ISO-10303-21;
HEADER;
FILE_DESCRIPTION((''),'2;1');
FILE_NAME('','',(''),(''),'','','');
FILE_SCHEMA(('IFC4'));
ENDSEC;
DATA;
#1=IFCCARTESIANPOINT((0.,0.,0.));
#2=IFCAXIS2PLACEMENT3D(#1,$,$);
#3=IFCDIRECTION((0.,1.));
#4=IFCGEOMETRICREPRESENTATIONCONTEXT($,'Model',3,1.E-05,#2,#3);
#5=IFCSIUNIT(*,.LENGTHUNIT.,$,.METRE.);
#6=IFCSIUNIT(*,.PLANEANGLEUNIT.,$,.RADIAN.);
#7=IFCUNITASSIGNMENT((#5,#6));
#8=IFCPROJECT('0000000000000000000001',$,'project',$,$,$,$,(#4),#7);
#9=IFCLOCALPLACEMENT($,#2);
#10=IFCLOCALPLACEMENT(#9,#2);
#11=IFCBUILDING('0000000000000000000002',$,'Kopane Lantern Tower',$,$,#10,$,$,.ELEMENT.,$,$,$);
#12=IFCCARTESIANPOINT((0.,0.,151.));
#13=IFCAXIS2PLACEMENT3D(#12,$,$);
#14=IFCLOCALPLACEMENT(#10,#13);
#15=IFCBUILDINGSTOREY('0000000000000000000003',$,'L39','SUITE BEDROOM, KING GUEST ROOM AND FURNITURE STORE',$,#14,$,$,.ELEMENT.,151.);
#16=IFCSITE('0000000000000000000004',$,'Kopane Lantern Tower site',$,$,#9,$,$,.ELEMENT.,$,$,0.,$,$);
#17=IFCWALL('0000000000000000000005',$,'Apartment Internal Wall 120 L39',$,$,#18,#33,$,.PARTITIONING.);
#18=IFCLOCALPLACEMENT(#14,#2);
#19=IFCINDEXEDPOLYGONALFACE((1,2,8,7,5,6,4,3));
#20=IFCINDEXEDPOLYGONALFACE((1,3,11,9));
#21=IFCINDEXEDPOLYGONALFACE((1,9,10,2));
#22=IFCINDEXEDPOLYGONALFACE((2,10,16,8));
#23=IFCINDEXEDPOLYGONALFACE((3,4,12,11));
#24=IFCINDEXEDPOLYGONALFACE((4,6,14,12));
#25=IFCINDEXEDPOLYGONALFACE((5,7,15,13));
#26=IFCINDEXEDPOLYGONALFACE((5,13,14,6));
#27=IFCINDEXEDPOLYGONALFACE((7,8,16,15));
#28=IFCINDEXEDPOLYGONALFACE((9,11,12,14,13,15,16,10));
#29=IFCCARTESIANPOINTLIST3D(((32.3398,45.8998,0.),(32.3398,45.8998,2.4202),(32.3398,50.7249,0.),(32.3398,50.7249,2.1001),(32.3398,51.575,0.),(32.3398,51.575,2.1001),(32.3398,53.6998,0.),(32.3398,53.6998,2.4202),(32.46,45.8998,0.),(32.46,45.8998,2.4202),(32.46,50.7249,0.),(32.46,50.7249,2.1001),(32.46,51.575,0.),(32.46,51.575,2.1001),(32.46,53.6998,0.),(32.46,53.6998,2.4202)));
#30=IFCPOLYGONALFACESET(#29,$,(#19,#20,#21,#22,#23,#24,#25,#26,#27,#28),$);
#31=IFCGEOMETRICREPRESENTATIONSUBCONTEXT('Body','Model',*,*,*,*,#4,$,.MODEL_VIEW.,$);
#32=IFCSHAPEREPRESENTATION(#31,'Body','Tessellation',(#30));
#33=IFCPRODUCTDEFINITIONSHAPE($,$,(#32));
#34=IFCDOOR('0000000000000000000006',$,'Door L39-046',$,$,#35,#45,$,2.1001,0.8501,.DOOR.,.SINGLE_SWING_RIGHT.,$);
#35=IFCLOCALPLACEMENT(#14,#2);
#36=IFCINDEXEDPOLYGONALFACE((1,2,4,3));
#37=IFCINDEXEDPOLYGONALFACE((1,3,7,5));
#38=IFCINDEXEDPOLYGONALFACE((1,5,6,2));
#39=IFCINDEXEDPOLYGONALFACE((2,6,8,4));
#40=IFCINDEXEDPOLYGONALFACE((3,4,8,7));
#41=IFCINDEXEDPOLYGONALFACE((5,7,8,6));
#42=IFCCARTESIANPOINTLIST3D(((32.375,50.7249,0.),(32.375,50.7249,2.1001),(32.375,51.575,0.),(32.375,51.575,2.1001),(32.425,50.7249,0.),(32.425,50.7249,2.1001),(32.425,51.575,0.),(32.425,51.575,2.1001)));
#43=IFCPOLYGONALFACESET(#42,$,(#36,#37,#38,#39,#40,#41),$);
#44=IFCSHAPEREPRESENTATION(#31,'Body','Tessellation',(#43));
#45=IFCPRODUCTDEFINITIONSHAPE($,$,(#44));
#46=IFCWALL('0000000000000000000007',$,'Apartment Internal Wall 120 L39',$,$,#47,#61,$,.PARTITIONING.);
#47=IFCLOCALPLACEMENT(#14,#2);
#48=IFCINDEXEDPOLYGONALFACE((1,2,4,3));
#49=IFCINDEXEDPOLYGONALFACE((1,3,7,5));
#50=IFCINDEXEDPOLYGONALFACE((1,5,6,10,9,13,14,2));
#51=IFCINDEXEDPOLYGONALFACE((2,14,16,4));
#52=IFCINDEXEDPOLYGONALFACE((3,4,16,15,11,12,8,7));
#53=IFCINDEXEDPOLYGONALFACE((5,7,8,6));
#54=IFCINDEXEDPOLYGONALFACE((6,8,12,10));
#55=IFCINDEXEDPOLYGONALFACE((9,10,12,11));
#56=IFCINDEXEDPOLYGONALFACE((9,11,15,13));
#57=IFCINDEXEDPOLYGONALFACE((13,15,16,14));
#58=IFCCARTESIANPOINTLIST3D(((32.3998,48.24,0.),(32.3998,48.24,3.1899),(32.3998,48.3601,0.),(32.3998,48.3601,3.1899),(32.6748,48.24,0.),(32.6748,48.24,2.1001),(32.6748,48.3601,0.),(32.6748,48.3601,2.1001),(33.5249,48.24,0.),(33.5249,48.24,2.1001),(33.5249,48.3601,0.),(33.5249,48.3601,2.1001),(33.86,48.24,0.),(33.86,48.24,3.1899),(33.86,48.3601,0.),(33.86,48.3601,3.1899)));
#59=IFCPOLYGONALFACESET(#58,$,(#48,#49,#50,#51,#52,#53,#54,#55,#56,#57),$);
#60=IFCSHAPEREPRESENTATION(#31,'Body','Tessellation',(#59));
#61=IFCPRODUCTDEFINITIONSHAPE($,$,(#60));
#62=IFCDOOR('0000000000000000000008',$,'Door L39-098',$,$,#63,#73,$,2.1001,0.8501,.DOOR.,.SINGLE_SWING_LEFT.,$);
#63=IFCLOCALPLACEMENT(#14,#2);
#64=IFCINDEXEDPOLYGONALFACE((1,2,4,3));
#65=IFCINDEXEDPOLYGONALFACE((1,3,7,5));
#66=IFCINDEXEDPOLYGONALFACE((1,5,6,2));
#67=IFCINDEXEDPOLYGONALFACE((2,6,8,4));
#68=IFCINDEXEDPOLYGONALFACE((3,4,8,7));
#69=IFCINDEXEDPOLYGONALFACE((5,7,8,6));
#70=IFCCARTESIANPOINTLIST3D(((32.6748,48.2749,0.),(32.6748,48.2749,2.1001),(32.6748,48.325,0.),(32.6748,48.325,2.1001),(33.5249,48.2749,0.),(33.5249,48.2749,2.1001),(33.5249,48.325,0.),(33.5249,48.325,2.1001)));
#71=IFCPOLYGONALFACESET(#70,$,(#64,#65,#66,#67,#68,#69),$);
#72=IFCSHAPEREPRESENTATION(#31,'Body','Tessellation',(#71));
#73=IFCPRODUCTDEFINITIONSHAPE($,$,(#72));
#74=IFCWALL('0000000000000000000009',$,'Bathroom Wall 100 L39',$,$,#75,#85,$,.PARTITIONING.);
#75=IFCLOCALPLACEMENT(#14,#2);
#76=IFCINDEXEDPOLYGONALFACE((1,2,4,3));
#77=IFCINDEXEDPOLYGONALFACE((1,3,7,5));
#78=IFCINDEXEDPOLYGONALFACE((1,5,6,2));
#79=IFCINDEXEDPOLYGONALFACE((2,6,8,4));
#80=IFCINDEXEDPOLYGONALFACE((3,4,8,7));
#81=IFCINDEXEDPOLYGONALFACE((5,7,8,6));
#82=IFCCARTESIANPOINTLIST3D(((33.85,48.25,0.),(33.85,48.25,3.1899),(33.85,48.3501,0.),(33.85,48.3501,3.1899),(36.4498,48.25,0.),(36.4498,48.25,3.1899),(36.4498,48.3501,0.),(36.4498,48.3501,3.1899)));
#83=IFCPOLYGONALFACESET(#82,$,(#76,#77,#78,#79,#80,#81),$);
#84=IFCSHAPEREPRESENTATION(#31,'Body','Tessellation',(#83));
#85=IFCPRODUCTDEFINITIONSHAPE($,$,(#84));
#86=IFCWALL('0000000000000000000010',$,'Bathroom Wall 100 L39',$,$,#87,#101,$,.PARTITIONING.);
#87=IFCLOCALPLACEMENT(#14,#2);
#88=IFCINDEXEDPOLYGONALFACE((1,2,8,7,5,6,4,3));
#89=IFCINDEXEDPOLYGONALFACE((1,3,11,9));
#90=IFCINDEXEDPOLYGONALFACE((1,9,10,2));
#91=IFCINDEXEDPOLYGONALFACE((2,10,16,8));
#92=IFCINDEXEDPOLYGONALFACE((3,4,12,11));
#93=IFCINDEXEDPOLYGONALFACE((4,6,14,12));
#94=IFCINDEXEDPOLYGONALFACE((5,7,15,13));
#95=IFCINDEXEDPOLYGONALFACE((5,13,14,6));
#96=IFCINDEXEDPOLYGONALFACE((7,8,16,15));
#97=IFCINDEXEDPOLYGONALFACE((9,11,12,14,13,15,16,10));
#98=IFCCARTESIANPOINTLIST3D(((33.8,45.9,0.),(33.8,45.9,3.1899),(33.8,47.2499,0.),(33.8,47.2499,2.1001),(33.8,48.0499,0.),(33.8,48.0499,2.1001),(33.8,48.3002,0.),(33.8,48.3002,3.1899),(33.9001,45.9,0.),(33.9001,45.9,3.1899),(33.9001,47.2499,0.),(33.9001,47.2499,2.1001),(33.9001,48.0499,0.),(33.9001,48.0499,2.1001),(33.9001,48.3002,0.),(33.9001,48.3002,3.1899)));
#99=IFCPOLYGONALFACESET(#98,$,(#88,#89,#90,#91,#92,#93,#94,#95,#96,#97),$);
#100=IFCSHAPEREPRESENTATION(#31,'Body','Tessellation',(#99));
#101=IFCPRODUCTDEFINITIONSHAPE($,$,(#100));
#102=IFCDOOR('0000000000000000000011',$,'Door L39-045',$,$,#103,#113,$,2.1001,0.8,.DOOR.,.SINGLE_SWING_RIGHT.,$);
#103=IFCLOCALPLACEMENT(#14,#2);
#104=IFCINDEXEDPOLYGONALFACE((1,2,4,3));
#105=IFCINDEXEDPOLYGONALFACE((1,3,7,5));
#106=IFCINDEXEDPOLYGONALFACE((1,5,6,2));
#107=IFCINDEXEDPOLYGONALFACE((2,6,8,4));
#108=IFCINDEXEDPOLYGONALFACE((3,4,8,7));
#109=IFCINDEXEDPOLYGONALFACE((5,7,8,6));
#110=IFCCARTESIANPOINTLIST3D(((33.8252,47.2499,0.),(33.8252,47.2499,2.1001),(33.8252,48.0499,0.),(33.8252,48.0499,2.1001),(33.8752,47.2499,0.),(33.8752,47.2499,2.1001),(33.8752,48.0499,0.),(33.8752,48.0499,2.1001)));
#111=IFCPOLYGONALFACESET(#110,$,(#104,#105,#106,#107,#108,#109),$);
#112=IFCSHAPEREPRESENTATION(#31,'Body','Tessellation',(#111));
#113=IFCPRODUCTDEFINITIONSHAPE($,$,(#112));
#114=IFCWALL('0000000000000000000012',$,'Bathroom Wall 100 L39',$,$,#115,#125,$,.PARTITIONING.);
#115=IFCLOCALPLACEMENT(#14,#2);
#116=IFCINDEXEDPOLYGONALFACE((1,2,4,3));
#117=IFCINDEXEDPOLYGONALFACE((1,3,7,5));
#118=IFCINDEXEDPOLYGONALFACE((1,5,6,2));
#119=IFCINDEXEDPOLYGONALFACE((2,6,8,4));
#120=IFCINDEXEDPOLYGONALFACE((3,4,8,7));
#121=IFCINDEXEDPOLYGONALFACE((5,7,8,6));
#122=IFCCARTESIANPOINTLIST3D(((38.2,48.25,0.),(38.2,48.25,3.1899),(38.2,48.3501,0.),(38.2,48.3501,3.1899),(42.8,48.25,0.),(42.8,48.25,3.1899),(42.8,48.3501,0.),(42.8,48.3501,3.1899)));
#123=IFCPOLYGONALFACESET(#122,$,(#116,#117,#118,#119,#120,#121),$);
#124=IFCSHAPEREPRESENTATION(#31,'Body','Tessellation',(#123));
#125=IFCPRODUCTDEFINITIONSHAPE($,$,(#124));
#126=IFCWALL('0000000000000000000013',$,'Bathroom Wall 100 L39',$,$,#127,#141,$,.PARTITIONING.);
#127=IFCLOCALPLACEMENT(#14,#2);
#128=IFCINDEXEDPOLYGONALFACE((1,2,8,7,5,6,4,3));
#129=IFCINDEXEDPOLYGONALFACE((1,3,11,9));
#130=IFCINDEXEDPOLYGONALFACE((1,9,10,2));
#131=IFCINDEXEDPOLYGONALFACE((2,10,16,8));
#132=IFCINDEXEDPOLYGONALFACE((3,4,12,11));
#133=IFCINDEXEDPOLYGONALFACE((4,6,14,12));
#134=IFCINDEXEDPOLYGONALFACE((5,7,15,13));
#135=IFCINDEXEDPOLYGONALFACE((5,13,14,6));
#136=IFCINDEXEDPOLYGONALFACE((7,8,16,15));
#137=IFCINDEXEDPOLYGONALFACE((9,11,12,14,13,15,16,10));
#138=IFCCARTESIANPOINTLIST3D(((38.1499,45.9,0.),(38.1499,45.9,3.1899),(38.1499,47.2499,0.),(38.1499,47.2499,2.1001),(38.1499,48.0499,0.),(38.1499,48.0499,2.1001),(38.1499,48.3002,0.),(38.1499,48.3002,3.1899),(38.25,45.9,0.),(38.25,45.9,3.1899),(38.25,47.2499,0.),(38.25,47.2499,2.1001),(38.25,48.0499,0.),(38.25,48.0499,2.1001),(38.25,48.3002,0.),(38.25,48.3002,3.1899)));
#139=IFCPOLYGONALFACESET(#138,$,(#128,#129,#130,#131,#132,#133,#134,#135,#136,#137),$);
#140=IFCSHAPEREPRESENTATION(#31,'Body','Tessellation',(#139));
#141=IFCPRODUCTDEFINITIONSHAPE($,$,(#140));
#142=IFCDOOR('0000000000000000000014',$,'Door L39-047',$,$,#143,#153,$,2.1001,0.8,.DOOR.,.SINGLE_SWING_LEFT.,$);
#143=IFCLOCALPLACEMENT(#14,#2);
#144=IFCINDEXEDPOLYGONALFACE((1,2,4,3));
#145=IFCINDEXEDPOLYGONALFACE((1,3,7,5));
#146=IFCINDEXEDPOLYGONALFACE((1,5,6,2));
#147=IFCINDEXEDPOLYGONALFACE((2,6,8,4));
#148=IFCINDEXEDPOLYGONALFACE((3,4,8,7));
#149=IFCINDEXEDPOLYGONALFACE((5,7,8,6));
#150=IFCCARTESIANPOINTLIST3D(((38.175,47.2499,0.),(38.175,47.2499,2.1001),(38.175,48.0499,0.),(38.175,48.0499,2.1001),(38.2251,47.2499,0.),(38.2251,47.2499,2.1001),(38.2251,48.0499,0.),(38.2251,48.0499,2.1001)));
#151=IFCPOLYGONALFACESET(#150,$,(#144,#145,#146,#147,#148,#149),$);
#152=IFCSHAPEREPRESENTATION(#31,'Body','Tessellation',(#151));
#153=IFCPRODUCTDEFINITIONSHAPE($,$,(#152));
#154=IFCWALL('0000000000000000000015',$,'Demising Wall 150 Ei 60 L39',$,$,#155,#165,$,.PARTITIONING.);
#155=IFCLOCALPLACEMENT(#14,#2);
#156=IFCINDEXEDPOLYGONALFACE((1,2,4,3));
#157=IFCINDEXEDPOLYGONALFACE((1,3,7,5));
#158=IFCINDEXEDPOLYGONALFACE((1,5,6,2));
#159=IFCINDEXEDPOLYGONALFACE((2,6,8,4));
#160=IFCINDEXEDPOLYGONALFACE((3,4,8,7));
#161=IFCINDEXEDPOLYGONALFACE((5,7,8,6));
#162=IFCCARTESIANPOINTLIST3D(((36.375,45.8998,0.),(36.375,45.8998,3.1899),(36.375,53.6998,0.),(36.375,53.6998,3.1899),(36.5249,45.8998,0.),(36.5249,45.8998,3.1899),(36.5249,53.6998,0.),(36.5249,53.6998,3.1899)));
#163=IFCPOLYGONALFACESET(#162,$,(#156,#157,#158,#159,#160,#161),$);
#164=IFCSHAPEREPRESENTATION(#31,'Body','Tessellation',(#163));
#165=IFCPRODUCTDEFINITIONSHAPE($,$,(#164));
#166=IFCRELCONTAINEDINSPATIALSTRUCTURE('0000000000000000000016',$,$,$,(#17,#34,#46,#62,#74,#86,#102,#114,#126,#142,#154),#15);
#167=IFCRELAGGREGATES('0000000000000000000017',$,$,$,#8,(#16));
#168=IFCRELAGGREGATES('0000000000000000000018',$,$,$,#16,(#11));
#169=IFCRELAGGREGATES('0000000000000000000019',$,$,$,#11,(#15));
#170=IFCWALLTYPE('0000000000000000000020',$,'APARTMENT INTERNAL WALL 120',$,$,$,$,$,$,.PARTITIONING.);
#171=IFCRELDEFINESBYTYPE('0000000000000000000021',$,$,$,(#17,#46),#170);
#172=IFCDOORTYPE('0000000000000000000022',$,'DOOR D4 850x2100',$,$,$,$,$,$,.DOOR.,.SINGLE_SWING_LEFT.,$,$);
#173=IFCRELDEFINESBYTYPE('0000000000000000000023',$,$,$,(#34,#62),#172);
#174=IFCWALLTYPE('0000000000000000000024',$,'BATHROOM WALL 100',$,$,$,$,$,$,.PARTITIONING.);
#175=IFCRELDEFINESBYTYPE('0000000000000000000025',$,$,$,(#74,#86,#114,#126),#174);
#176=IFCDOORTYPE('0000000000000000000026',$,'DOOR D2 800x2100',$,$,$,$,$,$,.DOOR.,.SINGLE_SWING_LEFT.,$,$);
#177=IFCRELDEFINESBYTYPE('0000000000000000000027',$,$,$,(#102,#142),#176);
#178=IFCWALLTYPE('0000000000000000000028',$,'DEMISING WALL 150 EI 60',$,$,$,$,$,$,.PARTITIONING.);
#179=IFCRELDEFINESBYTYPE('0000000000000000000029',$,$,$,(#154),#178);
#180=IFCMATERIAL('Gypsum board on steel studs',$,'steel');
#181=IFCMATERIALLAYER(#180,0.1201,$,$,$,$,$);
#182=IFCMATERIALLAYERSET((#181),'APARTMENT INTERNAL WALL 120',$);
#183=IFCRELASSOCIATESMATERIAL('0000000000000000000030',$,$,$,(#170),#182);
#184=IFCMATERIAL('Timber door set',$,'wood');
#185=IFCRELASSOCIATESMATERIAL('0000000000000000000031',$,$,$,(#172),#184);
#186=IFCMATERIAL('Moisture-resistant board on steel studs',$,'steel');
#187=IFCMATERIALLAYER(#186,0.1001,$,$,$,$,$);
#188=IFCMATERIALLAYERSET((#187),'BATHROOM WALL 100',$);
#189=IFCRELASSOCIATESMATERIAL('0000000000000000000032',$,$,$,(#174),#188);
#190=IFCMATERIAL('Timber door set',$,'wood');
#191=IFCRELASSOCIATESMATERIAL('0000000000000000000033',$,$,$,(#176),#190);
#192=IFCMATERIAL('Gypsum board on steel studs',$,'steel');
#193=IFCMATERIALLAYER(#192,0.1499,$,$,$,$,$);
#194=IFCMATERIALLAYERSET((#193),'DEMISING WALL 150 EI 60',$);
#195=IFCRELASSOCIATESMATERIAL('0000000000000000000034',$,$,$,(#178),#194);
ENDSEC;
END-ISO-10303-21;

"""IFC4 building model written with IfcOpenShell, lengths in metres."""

from ifc_helpers import new_model, si_unit, direction, frame, frame_2d, origin, place, context, subcontext, project, spatial, rectangle, extrude, material, layer, layer_set, type_object, element, fill, save


model = new_model("IFC4")

# Units and contexts
model_context = context("Model", 3, precision=1e-05, world=origin(), true_north=direction((0.0, 1.0)))
body_context = subcontext(model_context, "Body", "Model", "MODEL_VIEW")
ifc_project = project(units=[si_unit("LENGTHUNIT", "METRE"), si_unit("PLANEANGLEUNIT", "RADIAN")], contexts=[model_context])

# Site, building, storey
site_placement = place(None, origin())
site = spatial("IfcSite", under=ifc_project, at=site_placement, Name="Kopane Lantern Tower site", CompositionType="ELEMENT", RefElevation=0.0)
building_placement = place(site_placement, origin())
building = spatial("IfcBuilding", under=site, at=building_placement, Name="Kopane Lantern Tower", CompositionType="ELEMENT")
storey_placement = place(building_placement, frame((0.0, 0.0, 151.0)))
storey = spatial("IfcBuildingStorey", under=building, at=storey_placement, Name="L39", Description="SUITE BEDROOM, KING GUEST ROOM AND FURNITURE STORE", CompositionType="ELEMENT", Elevation=151.0)

# Walls, openings, doors
ifc_material_1 = material(Name="Gypsum board on steel studs", Category="steel")
ifc_layer_1 = layer(ifc_material_1, 0.1201)
ifc_layer_set_1 = layer_set([ifc_layer_1], Name="APARTMENT INTERNAL WALL 120")
wall_type_1 = type_object("IfcWallType", Name="APARTMENT INTERNAL WALL 120", PredefinedType="PARTITIONING", material=ifc_layer_set_1)
wall_1_placement = place(storey_placement, frame((32.3999, 45.8999, 0.0), z_axis=(0.0, 0.0, 1.0), x_axis=(0.0, 1.0, 0.0)))
wall_1 = element("IfcWall", 1, at=wall_1_placement, inside=storey, type_object=wall_type_1, Name="Apartment Internal Wall 120 L39", PredefinedType="PARTITIONING", context=body_context, shape_type="SweptSolid", body=[
    extrude(rectangle(XDim=7.8, YDim=0.1201, at=frame_2d((3.8999, 0.0))), origin(), (0.0, 0.0, 1.0), 2.4202),
])
opening_1_placement = place(wall_1_placement, frame((4.825, 0.0, 0.0)))
opening_1 = element("IfcOpeningElement", 2, at=opening_1_placement, cuts=wall_1, PredefinedType="OPENING", context=body_context, shape_type="SweptSolid", body=[
    extrude(rectangle(XDim=0.8501, YDim=2.1001, at=frame_2d((0.425, 1.05))), frame((0.0, 0.0701, 0.0), z_axis=(0.0, -1.0, 0.0), x_axis=(1.0, 0.0, 0.0)), (0.0, 0.0, 1.0), 0.1401),
])
ifc_material_2 = material(Name="Timber door set", Category="wood")
door_type_1 = type_object("IfcDoorType", Name="DOOR D4 850x2100", OperationType="SINGLE_SWING_LEFT", PredefinedType="DOOR", material=ifc_material_2)
door_1_placement = place(opening_1_placement, origin())
door_1 = element("IfcDoor", 3, at=door_1_placement, inside=storey, type_object=door_type_1, Name="Door L39-046", OperationType="SINGLE_SWING_RIGHT", OverallHeight=2.1001, OverallWidth=0.8501, PredefinedType="DOOR", context=body_context, shape_type="SweptSolid", body=[
    extrude(rectangle(XDim=0.8501, YDim=2.1001, at=frame_2d((0.425, 1.05))), frame((0.0, 0.0249, 0.0), z_axis=(0.0, -1.0, 0.0), x_axis=(1.0, 0.0, 0.0)), (0.0, 0.0, 1.0), 0.05),
])
fill(opening_1, door_1)
wall_2_placement = place(storey_placement, frame((32.3999, 48.3, 0.0), z_axis=(0.0, 0.0, 1.0), x_axis=(1.0, 0.0, 0.0)))
wall_2 = element("IfcWall", 4, at=wall_2_placement, inside=storey, type_object=wall_type_1, Name="Apartment Internal Wall 120 L39", PredefinedType="PARTITIONING", context=body_context, shape_type="SweptSolid", body=[
    extrude(rectangle(XDim=1.4602, YDim=0.1201, at=frame_2d((0.73, 0.0))), origin(), (0.0, 0.0, 1.0), 3.1899),
])
opening_2_placement = place(wall_2_placement, frame((0.2749, 0.0, 0.0)))
opening_2 = element("IfcOpeningElement", 5, at=opening_2_placement, cuts=wall_2, PredefinedType="OPENING", context=body_context, shape_type="SweptSolid", body=[
    extrude(rectangle(XDim=0.8501, YDim=2.1001, at=frame_2d((0.425, 1.05))), frame((0.0, 0.0701, 0.0), z_axis=(0.0, -1.0, 0.0), x_axis=(1.0, 0.0, 0.0)), (0.0, 0.0, 1.0), 0.1401),
])
door_2_placement = place(opening_2_placement, origin())
door_2 = element("IfcDoor", 6, at=door_2_placement, inside=storey, type_object=door_type_1, Name="Door L39-098", OperationType="SINGLE_SWING_LEFT", OverallHeight=2.1001, OverallWidth=0.8501, PredefinedType="DOOR", context=body_context, shape_type="SweptSolid", body=[
    extrude(rectangle(XDim=0.8501, YDim=2.1001, at=frame_2d((0.425, 1.05))), frame((0.0, 0.0249, 0.0), z_axis=(0.0, -1.0, 0.0), x_axis=(1.0, 0.0, 0.0)), (0.0, 0.0, 1.0), 0.05),
])
fill(opening_2, door_2)

# Wall
ifc_material_3 = material(Name="Moisture-resistant board on steel studs", Category="steel")
ifc_layer_2 = layer(ifc_material_3, 0.1001)
ifc_layer_set_2 = layer_set([ifc_layer_2], Name="BATHROOM WALL 100")
wall_type_2 = type_object("IfcWallType", Name="BATHROOM WALL 100", PredefinedType="PARTITIONING", material=ifc_layer_set_2)
wall_3_placement = place(storey_placement, frame((33.8501, 48.3, 0.0), z_axis=(0.0, 0.0, 1.0), x_axis=(1.0, 0.0, 0.0)))
element("IfcWall", 7, at=wall_3_placement, inside=storey, type_object=wall_type_2, Name="Bathroom Wall 100 L39", PredefinedType="PARTITIONING", context=body_context, shape_type="SweptSolid", body=[
    extrude(rectangle(XDim=2.5999, YDim=0.1001, at=frame_2d((1.2998, 0.0))), origin(), (0.0, 0.0, 1.0), 3.1899),
])

# Wall, opening, door
wall_4_placement = place(storey_placement, frame((33.8501, 45.8999, 0.0), z_axis=(0.0, 0.0, 1.0), x_axis=(0.0, 1.0, 0.0)))
wall_4 = element("IfcWall", 8, at=wall_4_placement, inside=storey, type_object=wall_type_2, Name="Bathroom Wall 100 L39", PredefinedType="PARTITIONING", context=body_context, shape_type="SweptSolid", body=[
    extrude(rectangle(XDim=2.4001, YDim=0.1001, at=frame_2d((1.2002, 0.0))), origin(), (0.0, 0.0, 1.0), 3.1899),
])
opening_3_placement = place(wall_4_placement, frame((1.3501, 0.0, 0.0)))
opening_3 = element("IfcOpeningElement", 9, at=opening_3_placement, cuts=wall_4, PredefinedType="OPENING", context=body_context, shape_type="SweptSolid", body=[
    extrude(rectangle(XDim=0.8, YDim=2.1001, at=frame_2d((0.3999, 1.05))), frame((0.0, 0.0601, 0.0), z_axis=(0.0, -1.0, 0.0), x_axis=(1.0, 0.0, 0.0)), (0.0, 0.0, 1.0), 0.1201),
])
ifc_material_4 = material(Name="Timber door set", Category="wood")
door_type_2 = type_object("IfcDoorType", Name="DOOR D2 800x2100", OperationType="SINGLE_SWING_LEFT", PredefinedType="DOOR", material=ifc_material_4)
door_3_placement = place(opening_3_placement, origin())
door_3 = element("IfcDoor", 10, at=door_3_placement, inside=storey, type_object=door_type_2, Name="Door L39-045", OperationType="SINGLE_SWING_RIGHT", OverallHeight=2.1001, OverallWidth=0.8, PredefinedType="DOOR", context=body_context, shape_type="SweptSolid", body=[
    extrude(rectangle(XDim=0.8, YDim=2.1001, at=frame_2d((0.3999, 1.05))), frame((0.0, 0.0249, 0.0), z_axis=(0.0, -1.0, 0.0), x_axis=(1.0, 0.0, 0.0)), (0.0, 0.0, 1.0), 0.05),
])
fill(opening_3, door_3)

# Wall
wall_5_placement = place(storey_placement, frame((38.2, 48.3, 0.0), z_axis=(0.0, 0.0, 1.0), x_axis=(1.0, 0.0, 0.0)))
element("IfcWall", 11, at=wall_5_placement, inside=storey, type_object=wall_type_2, Name="Bathroom Wall 100 L39", PredefinedType="PARTITIONING", context=body_context, shape_type="SweptSolid", body=[
    extrude(rectangle(XDim=4.6001, YDim=0.1001, at=frame_2d((2.3, 0.0))), origin(), (0.0, 0.0, 1.0), 3.1899),
])

# Wall, opening, door
wall_6_placement = place(storey_placement, frame((38.2, 45.8999, 0.0), z_axis=(0.0, 0.0, 1.0), x_axis=(0.0, 1.0, 0.0)))
wall_6 = element("IfcWall", 12, at=wall_6_placement, inside=storey, type_object=wall_type_2, Name="Bathroom Wall 100 L39", PredefinedType="PARTITIONING", context=body_context, shape_type="SweptSolid", body=[
    extrude(rectangle(XDim=2.4001, YDim=0.1001, at=frame_2d((1.2002, 0.0))), origin(), (0.0, 0.0, 1.0), 3.1899),
])
opening_4_placement = place(wall_6_placement, frame((1.3501, 0.0, 0.0)))
opening_4 = element("IfcOpeningElement", 13, at=opening_4_placement, cuts=wall_6, PredefinedType="OPENING", context=body_context, shape_type="SweptSolid", body=[
    extrude(rectangle(XDim=0.8, YDim=2.1001, at=frame_2d((0.3999, 1.05))), frame((0.0, 0.0601, 0.0), z_axis=(0.0, -1.0, 0.0), x_axis=(1.0, 0.0, 0.0)), (0.0, 0.0, 1.0), 0.1201),
])
door_4_placement = place(opening_4_placement, origin())
door_4 = element("IfcDoor", 14, at=door_4_placement, inside=storey, type_object=door_type_2, Name="Door L39-047", OperationType="SINGLE_SWING_LEFT", OverallHeight=2.1001, OverallWidth=0.8, PredefinedType="DOOR", context=body_context, shape_type="SweptSolid", body=[
    extrude(rectangle(XDim=0.8, YDim=2.1001, at=frame_2d((0.3999, 1.05))), frame((0.0, 0.0249, 0.0), z_axis=(0.0, -1.0, 0.0), x_axis=(1.0, 0.0, 0.0)), (0.0, 0.0, 1.0), 0.05),
])
fill(opening_4, door_4)

# Wall
ifc_material_5 = material(Name="Gypsum board on steel studs", Category="steel")
ifc_layer_3 = layer(ifc_material_5, 0.1499)
ifc_layer_set_3 = layer_set([ifc_layer_3], Name="DEMISING WALL 150 EI 60")
wall_type_3 = type_object("IfcWallType", Name="DEMISING WALL 150 EI 60", PredefinedType="PARTITIONING", material=ifc_layer_set_3)
wall_7_placement = place(storey_placement, frame((36.45, 45.8999, 0.0), z_axis=(0.0, 0.0, 1.0), x_axis=(0.0, 1.0, 0.0)))
element("IfcWall", 15, at=wall_7_placement, inside=storey, type_object=wall_type_3, Name="Demising Wall 150 Ei 60 L39", PredefinedType="PARTITIONING", context=body_context, shape_type="SweptSolid", body=[
    extrude(rectangle(XDim=7.8, YDim=0.1499, at=frame_2d((3.8999, 0.0))), origin(), (0.0, 0.0, 1.0), 3.1899),
])

save(model, "model.ifc")
